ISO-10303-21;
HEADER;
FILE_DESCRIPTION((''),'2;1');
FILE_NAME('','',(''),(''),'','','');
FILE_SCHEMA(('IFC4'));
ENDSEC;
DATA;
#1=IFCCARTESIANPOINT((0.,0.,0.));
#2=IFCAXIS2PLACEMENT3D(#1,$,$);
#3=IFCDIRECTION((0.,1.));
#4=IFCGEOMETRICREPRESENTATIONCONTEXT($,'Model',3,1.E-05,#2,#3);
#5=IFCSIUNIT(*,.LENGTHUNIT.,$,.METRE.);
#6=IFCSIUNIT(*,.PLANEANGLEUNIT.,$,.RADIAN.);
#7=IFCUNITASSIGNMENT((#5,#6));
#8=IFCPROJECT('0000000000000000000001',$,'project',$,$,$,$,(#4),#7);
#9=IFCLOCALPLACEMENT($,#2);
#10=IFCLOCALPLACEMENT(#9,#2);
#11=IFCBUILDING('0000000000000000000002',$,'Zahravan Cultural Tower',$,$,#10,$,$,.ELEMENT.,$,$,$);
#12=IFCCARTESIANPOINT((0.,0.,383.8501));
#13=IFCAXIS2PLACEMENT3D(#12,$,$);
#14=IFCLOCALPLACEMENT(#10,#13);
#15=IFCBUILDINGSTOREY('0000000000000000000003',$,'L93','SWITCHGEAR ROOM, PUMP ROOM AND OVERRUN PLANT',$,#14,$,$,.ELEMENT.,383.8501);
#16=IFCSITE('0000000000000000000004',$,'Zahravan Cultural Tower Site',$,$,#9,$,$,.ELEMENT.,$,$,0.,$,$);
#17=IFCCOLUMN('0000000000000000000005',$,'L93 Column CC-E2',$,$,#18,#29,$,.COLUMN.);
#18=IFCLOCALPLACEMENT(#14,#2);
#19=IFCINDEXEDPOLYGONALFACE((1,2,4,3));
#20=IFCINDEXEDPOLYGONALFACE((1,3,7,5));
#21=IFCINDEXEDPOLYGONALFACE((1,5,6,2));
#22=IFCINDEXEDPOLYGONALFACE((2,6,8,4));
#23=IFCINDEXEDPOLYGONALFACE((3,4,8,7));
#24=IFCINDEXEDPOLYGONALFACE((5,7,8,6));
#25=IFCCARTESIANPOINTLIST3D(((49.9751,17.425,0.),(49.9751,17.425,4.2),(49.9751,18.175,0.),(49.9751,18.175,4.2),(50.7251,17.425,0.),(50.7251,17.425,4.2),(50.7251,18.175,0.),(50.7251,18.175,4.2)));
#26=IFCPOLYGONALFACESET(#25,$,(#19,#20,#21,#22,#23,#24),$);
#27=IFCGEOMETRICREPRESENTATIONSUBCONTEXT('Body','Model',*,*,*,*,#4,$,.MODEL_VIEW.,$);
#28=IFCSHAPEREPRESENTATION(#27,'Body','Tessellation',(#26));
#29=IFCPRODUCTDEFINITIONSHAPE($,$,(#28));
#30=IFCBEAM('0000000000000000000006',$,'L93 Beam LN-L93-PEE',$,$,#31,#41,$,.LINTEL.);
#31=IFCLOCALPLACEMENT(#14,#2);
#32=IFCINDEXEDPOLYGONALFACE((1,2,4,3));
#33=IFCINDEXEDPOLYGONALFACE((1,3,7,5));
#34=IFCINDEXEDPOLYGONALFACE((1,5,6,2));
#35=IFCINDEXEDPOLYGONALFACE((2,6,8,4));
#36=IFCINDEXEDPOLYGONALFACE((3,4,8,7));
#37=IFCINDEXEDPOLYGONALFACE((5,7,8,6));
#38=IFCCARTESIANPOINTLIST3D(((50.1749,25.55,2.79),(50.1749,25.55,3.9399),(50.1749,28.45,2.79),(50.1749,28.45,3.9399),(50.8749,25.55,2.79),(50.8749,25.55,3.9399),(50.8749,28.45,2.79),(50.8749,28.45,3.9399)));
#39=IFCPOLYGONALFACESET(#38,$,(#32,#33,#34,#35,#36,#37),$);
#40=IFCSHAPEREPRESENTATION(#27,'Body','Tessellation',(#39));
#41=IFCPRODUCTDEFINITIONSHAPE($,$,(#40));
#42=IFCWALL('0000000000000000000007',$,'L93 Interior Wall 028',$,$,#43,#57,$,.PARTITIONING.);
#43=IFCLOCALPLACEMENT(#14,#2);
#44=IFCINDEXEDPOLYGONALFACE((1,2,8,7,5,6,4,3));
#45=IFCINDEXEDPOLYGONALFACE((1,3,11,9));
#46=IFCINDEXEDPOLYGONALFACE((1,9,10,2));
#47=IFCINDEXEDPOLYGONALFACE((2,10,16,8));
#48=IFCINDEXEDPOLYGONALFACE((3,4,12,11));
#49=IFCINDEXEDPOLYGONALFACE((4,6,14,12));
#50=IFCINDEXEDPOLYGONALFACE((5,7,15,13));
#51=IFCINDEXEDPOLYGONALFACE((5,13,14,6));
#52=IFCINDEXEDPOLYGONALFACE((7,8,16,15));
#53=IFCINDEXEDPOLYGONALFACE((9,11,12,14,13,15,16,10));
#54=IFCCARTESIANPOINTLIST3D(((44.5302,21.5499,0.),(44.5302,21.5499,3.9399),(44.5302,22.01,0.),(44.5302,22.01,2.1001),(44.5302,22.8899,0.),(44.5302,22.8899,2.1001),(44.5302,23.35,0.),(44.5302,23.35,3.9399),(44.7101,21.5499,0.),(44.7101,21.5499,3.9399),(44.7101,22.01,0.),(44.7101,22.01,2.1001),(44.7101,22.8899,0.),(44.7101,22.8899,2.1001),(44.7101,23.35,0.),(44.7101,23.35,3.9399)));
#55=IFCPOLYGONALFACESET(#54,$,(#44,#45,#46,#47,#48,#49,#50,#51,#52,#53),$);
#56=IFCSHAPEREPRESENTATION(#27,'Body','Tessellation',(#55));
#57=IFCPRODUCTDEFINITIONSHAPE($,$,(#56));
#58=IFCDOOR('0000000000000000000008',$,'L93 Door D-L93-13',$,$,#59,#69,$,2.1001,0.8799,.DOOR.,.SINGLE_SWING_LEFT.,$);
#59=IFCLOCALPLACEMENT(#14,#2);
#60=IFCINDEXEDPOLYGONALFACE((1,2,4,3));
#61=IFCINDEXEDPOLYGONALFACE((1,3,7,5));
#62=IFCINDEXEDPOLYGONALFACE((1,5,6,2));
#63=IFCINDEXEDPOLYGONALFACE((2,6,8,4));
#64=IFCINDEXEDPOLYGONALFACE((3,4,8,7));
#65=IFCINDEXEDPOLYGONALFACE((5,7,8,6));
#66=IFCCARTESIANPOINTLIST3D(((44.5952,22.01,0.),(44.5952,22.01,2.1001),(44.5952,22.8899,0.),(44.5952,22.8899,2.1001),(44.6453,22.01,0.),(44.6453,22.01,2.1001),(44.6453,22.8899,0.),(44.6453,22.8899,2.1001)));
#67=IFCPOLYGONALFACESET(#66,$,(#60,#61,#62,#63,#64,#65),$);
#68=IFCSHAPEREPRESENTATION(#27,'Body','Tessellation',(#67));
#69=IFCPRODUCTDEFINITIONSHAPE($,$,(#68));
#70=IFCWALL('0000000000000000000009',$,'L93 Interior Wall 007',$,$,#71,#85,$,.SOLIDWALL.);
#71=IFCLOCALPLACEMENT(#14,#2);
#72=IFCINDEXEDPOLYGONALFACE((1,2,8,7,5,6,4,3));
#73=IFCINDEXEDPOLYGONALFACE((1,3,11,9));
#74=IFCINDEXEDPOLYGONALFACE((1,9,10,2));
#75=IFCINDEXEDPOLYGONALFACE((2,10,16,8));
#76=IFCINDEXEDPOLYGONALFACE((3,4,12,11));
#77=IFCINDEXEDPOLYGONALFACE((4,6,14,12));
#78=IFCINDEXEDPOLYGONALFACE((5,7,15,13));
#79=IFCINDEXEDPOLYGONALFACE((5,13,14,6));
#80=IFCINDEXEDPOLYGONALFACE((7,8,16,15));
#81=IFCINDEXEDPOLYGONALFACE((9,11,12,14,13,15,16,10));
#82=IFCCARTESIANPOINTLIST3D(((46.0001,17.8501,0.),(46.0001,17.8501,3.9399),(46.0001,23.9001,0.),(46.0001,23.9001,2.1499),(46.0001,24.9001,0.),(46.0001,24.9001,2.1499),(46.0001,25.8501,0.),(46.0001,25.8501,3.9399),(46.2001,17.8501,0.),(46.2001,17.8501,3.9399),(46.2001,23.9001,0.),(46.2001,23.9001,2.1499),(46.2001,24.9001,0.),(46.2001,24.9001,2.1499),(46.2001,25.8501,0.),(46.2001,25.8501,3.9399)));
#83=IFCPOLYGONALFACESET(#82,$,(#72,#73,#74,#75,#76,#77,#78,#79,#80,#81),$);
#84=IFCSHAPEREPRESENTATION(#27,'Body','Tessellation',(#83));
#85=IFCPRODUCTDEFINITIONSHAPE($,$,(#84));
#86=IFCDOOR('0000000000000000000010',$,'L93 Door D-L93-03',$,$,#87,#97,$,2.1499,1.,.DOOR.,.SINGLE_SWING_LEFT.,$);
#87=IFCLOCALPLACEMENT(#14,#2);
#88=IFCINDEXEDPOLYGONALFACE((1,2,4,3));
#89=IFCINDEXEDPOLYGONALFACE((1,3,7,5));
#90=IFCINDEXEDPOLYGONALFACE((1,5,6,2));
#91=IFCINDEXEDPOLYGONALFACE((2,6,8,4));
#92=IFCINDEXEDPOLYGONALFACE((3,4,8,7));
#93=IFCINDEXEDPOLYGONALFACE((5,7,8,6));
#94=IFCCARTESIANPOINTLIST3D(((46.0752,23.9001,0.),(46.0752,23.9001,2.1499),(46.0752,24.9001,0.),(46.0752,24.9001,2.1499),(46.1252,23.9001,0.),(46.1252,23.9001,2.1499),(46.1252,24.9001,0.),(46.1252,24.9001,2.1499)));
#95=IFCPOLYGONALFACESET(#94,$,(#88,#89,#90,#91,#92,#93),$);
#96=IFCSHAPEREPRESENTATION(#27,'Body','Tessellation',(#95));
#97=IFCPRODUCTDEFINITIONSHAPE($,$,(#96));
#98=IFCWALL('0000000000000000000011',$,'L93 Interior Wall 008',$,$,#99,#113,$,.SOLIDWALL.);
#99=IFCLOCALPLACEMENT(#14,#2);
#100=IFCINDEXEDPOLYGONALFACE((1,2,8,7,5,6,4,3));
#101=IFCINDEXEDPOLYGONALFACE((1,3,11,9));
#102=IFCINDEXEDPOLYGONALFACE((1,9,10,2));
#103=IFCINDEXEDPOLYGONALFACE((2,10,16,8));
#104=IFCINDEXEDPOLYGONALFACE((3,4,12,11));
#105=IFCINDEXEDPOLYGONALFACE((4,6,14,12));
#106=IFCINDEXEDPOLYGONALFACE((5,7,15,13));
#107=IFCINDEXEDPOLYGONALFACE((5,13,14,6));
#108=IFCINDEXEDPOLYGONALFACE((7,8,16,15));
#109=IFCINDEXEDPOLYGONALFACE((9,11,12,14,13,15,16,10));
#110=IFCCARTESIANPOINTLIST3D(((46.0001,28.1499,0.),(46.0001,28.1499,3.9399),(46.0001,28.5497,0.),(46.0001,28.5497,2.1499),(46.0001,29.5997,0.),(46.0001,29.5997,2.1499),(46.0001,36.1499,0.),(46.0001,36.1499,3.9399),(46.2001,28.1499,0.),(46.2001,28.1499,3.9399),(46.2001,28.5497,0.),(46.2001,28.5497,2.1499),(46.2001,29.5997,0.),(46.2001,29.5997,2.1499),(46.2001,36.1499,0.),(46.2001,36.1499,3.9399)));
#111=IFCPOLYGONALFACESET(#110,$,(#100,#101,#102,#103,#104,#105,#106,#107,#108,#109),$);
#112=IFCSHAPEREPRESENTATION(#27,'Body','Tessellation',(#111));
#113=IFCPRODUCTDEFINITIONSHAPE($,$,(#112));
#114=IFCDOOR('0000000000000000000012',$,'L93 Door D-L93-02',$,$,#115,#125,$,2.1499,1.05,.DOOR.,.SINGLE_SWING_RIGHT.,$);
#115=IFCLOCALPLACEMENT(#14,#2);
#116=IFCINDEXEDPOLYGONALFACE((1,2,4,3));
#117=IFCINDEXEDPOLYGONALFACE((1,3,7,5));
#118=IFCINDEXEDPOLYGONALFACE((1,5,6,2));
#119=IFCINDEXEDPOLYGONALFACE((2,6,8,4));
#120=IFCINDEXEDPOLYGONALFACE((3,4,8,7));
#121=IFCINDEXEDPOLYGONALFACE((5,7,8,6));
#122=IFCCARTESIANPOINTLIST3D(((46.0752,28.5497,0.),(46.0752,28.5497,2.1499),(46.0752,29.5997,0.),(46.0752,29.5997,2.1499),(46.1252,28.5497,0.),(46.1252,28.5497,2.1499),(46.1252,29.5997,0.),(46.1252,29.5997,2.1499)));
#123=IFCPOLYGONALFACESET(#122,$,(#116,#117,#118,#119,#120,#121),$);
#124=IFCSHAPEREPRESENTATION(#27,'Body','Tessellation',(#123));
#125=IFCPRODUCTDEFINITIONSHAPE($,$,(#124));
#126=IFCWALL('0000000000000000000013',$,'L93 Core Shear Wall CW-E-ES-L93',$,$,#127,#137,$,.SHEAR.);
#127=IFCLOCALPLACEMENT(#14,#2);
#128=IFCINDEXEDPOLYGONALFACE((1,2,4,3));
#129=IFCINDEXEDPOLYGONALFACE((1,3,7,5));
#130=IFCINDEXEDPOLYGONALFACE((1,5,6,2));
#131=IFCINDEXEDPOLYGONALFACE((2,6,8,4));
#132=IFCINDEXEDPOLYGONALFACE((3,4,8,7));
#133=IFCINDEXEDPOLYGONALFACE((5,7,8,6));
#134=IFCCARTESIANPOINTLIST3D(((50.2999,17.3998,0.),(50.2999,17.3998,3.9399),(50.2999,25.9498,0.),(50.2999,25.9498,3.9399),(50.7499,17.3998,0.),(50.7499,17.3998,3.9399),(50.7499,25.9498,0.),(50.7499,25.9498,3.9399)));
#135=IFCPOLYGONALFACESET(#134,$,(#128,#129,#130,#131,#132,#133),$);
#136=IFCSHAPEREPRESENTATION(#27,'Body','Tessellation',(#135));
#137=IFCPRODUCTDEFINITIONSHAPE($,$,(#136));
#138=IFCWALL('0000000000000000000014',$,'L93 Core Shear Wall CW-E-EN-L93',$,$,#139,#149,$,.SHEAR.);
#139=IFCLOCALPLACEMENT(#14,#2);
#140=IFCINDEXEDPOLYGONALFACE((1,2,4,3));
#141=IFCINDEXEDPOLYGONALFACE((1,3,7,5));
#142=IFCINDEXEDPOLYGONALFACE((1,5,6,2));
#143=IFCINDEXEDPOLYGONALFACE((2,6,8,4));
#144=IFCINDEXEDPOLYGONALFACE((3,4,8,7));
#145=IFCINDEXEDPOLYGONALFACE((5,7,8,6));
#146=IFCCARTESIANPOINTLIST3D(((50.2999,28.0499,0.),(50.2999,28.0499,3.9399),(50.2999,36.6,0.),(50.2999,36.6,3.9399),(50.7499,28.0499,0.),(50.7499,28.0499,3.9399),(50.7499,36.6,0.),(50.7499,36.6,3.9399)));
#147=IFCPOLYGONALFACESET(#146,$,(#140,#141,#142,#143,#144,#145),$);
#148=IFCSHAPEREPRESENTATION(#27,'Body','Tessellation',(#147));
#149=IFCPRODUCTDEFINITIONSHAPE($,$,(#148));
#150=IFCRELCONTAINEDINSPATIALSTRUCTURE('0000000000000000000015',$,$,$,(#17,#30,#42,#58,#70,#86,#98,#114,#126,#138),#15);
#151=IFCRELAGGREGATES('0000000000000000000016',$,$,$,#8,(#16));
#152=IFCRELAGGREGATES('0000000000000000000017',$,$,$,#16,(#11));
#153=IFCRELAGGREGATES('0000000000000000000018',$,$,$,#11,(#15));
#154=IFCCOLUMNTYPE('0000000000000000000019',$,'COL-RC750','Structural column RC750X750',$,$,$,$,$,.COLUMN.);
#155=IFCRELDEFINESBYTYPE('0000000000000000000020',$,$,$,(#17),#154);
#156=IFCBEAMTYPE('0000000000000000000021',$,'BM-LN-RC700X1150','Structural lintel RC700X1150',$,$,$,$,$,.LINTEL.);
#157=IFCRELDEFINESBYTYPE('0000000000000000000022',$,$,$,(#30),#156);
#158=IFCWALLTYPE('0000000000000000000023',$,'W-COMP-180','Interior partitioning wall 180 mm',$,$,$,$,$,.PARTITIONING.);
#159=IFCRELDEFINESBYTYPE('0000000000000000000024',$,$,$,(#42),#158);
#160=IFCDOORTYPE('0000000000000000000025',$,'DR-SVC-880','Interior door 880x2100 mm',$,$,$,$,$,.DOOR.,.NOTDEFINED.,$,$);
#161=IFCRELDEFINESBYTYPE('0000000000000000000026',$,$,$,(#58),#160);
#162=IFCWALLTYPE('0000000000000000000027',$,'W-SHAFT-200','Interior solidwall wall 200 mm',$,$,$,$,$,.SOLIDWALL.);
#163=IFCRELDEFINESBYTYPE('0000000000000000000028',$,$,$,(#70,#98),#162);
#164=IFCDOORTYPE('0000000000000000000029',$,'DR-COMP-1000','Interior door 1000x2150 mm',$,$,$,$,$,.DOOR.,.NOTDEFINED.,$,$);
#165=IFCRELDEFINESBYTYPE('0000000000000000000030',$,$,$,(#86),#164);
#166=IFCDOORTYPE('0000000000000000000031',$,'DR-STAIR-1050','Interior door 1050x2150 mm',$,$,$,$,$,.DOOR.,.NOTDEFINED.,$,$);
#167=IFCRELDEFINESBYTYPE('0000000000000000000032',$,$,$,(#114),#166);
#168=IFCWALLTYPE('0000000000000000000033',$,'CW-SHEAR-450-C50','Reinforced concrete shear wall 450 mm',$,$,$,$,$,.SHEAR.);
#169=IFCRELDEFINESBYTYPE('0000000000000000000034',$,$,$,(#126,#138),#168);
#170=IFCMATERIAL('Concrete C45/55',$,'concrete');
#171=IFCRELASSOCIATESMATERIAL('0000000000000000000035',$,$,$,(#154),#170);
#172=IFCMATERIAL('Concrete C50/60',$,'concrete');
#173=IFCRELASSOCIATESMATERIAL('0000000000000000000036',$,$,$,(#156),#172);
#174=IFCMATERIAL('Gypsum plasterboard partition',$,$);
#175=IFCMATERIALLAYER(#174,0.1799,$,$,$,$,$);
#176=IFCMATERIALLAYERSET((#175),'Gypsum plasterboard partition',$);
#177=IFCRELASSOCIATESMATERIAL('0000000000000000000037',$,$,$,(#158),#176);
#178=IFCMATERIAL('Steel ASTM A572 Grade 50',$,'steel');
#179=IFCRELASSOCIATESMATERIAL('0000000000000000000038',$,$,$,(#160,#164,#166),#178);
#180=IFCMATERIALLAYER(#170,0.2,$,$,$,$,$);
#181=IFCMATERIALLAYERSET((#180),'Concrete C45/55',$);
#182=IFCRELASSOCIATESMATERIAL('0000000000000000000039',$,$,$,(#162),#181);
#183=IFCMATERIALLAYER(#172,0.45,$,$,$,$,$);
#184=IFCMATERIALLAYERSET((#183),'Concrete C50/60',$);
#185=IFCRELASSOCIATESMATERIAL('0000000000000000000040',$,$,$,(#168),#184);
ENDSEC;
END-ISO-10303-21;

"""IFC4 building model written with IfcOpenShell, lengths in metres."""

from ifc_helpers import new_model, si_unit, direction, frame, frame_2d, origin, origin_2d, place, context, subcontext, project, spatial, rectangle, extrude, source, transform, mapped, material, layer, layer_set, material_profile, profile_set, type_object, element, fill, save


model = new_model("IFC4")

# Units and contexts
model_context = context("Model", 3, precision=1e-05, world=origin(), true_north=direction((0.0, 1.0)))
body_context = subcontext(model_context, "Body", "Model", "MODEL_VIEW")
ifc_project = project(units=[si_unit("LENGTHUNIT", "METRE"), si_unit("PLANEANGLEUNIT", "RADIAN")], contexts=[model_context])

# Site, building, storey
site_placement = place(None, origin())
site = spatial("IfcSite", under=ifc_project, at=site_placement, Name="Zahravan Cultural Tower Site", CompositionType="ELEMENT", RefElevation=0.0)
building_placement = place(site_placement, origin())
building = spatial("IfcBuilding", under=site, at=building_placement, Name="Zahravan Cultural Tower", CompositionType="ELEMENT")
storey_placement = place(building_placement, frame((0.0, 0.0, 383.8501)))
storey = spatial("IfcBuildingStorey", under=building, at=storey_placement, Name="L93", Description="SWITCHGEAR ROOM, PUMP ROOM AND OVERRUN PLANT", CompositionType="ELEMENT", Elevation=383.8501)

# Column
ifc_material_1 = material(Name="Concrete C45/55", Category="concrete")
ifc_material_profile_1 = material_profile(ifc_material_1, rectangle(XDim=0.75, YDim=0.75, at=origin_2d()), Name="RC750X750")
ifc_profile_set_1 = profile_set([ifc_material_profile_1], Name="Concrete C45/55")
column_type = type_object("IfcColumnType", Name="COL-RC750", Description="Structural column RC750X750", PredefinedType="COLUMN", material=ifc_profile_set_1)
shared_shape_1 = source(origin(), body_context, "Body", "SweptSolid", [
    extrude(rectangle(XDim=0.75, YDim=0.75, at=origin_2d()), origin(), (0.0, 0.0, 1.0), 4.2),
])
column_placement = place(storey_placement, frame((50.3501, 17.8, 0.0), z_axis=(0.0, 0.0, 1.0), x_axis=(1.0, 0.0, 0.0)))
element("IfcColumn", 1, at=column_placement, inside=storey, type_object=column_type, Name="L93 Column CC-E2", PredefinedType="COLUMN", context=body_context, shape_type="MappedRepresentation", body=[
    mapped(shared_shape_1, transform((0.0, 0.0, 0.0), x_axis=(1.0, 0.0, 0.0), y_axis=(0.0, 1.0, 0.0), z_axis=(0.0, 0.0, 1.0), scale=1.0)),
])

# Beam
ifc_material_2 = material(Name="Concrete C50/60", Category="concrete")
ifc_material_profile_2 = material_profile(ifc_material_2, rectangle(XDim=0.7, YDim=1.1499, at=origin_2d()), Name="RC700X1150")
ifc_profile_set_2 = profile_set([ifc_material_profile_2], Name="Concrete C50/60")
beam_type = type_object("IfcBeamType", Name="BM-LN-RC700X1150", Description="Structural lintel RC700X1150", PredefinedType="LINTEL", material=ifc_profile_set_2)
shared_shape_2 = source(origin(), body_context, "Body", "SweptSolid", [
    extrude(rectangle(XDim=0.7, YDim=1.1499, at=origin_2d()), origin(), (0.0, 0.0, 1.0), 2.8999),
])
beam_placement = place(storey_placement, frame((50.5249, 25.55, 3.365), z_axis=(0.0, 1.0, 0.0), x_axis=(-1.0, 0.0, 0.0)))
element("IfcBeam", 2, at=beam_placement, inside=storey, type_object=beam_type, Name="L93 Beam LN-L93-PEE", PredefinedType="LINTEL", context=body_context, shape_type="MappedRepresentation", body=[
    mapped(shared_shape_2, transform((0.0, 0.0, 0.0), x_axis=(1.0, 0.0, 0.0), y_axis=(0.0, 1.0, 0.0), z_axis=(0.0, 0.0, 1.0), scale=1.0)),
])

# Walls, openings, doors
ifc_material_3 = material(Name="Gypsum plasterboard partition")
ifc_layer_1 = layer(ifc_material_3, 0.1799)
ifc_layer_set_1 = layer_set([ifc_layer_1], Name="Gypsum plasterboard partition")
wall_type_1 = type_object("IfcWallType", Name="W-COMP-180", Description="Interior partitioning wall 180 mm", PredefinedType="PARTITIONING", material=ifc_layer_set_1)
wall_1_placement = place(storey_placement, frame((44.6201, 21.55, 0.0), z_axis=(0.0, 0.0, 1.0), x_axis=(0.0, 1.0, 0.0)))
wall_1 = element("IfcWall", 3, at=wall_1_placement, inside=storey, type_object=wall_type_1, Name="L93 Interior Wall 028", PredefinedType="PARTITIONING", context=body_context, shape_type="SweptSolid", body=[
    extrude(rectangle(XDim=1.8, YDim=0.1799, at=frame_2d((0.8999, 0.0))), origin(), (0.0, 0.0, 1.0), 3.9399),
])
opening_1_placement = place(wall_1_placement, frame((0.46, 0.0, 0.0)))
opening_1 = element("IfcOpeningElement", 4, at=opening_1_placement, cuts=wall_1, PredefinedType="OPENING", context=body_context, shape_type="SweptSolid", body=[
    extrude(rectangle(XDim=0.8799, YDim=2.1001, at=frame_2d((0.4399, 1.05))), frame((0.0, 0.0999, 0.0), z_axis=(0.0, -1.0, 0.0), x_axis=(1.0, 0.0, 0.0)), (0.0, 0.0, 1.0), 0.2),
])
ifc_material_4 = material(Name="Steel ASTM A572 Grade 50", Category="steel")
door_type_1 = type_object("IfcDoorType", Name="DR-SVC-880", Description="Interior door 880x2100 mm", OperationType="NOTDEFINED", PredefinedType="DOOR", material=ifc_material_4)
shared_shape_3 = source(origin(), body_context, "Body", "SweptSolid", [
    extrude(rectangle(XDim=0.8799, YDim=2.1001, at=frame_2d((0.4399, 1.05))), frame((0.0, 0.0249, 0.0), z_axis=(0.0, -1.0, 0.0), x_axis=(1.0, 0.0, 0.0)), (0.0, 0.0, 1.0), 0.05),
])
door_1_placement = place(opening_1_placement, origin())
door_1 = element("IfcDoor", 5, at=door_1_placement, inside=storey, type_object=door_type_1, Name="L93 Door D-L93-13", OperationType="SINGLE_SWING_LEFT", OverallHeight=2.1001, OverallWidth=0.8799, PredefinedType="DOOR", context=body_context, shape_type="MappedRepresentation", body=[
    mapped(shared_shape_3, transform((0.0, 0.0, 0.0), x_axis=(1.0, 0.0, 0.0), y_axis=(0.0, 1.0, 0.0), z_axis=(0.0, 0.0, 1.0), scale=1.0)),
])
fill(opening_1, door_1)
ifc_layer_2 = layer(ifc_material_1, 0.2)
ifc_layer_set_2 = layer_set([ifc_layer_2], Name="Concrete C45/55")
wall_type_2 = type_object("IfcWallType", Name="W-SHAFT-200", Description="Interior solidwall wall 200 mm", PredefinedType="SOLIDWALL", material=ifc_layer_set_2)
wall_2_placement = place(storey_placement, frame((46.1001, 17.8501, 0.0), z_axis=(0.0, 0.0, 1.0), x_axis=(0.0, 1.0, 0.0)))
wall_2 = element("IfcWall", 6, at=wall_2_placement, inside=storey, type_object=wall_type_2, Name="L93 Interior Wall 007", PredefinedType="SOLIDWALL", context=body_context, shape_type="SweptSolid", body=[
    extrude(rectangle(XDim=8.0, YDim=0.2, at=frame_2d((4.0, 0.0))), origin(), (0.0, 0.0, 1.0), 3.9399),
])
opening_2_placement = place(wall_2_placement, frame((6.05, 0.0, 0.0)))
opening_2 = element("IfcOpeningElement", 7, at=opening_2_placement, cuts=wall_2, PredefinedType="OPENING", context=body_context, shape_type="SweptSolid", body=[
    extrude(rectangle(XDim=1.0, YDim=2.1499, at=frame_2d((0.5, 1.075))), frame((0.0, 0.1099, 0.0), z_axis=(0.0, -1.0, 0.0), x_axis=(1.0, 0.0, 0.0)), (0.0, 0.0, 1.0), 0.22),
])
door_type_2 = type_object("IfcDoorType", Name="DR-COMP-1000", Description="Interior door 1000x2150 mm", OperationType="NOTDEFINED", PredefinedType="DOOR", material=ifc_material_4)
shared_shape_4 = source(origin(), body_context, "Body", "SweptSolid", [
    extrude(rectangle(XDim=1.0, YDim=2.1499, at=frame_2d((0.5, 1.075))), frame((0.0, 0.0249, 0.0), z_axis=(0.0, -1.0, 0.0), x_axis=(1.0, 0.0, 0.0)), (0.0, 0.0, 1.0), 0.05),
])
door_2_placement = place(opening_2_placement, origin())
door_2 = element("IfcDoor", 8, at=door_2_placement, inside=storey, type_object=door_type_2, Name="L93 Door D-L93-03", OperationType="SINGLE_SWING_LEFT", OverallHeight=2.1499, OverallWidth=1.0, PredefinedType="DOOR", context=body_context, shape_type="MappedRepresentation", body=[
    mapped(shared_shape_4, transform((0.0, 0.0, 0.0), x_axis=(1.0, 0.0, 0.0), y_axis=(0.0, 1.0, 0.0), z_axis=(0.0, 0.0, 1.0), scale=1.0)),
])
fill(opening_2, door_2)
wall_3_placement = place(storey_placement, frame((46.1001, 28.1499, 0.0), z_axis=(0.0, 0.0, 1.0), x_axis=(0.0, 1.0, 0.0)))
wall_3 = element("IfcWall", 9, at=wall_3_placement, inside=storey, type_object=wall_type_2, Name="L93 Interior Wall 008", PredefinedType="SOLIDWALL", context=body_context, shape_type="SweptSolid", body=[
    extrude(rectangle(XDim=8.0, YDim=0.2, at=frame_2d((4.0, 0.0))), origin(), (0.0, 0.0, 1.0), 3.9399),
])
opening_3_placement = place(wall_3_placement, frame((0.3999, 0.0, 0.0)))
opening_3 = element("IfcOpeningElement", 10, at=opening_3_placement, cuts=wall_3, PredefinedType="OPENING", context=body_context, shape_type="SweptSolid", body=[
    extrude(rectangle(XDim=1.05, YDim=2.1499, at=frame_2d((0.5249, 1.075))), frame((0.0, 0.1099, 0.0), z_axis=(0.0, -1.0, 0.0), x_axis=(1.0, 0.0, 0.0)), (0.0, 0.0, 1.0), 0.22),
])
door_type_3 = type_object("IfcDoorType", Name="DR-STAIR-1050", Description="Interior door 1050x2150 mm", OperationType="NOTDEFINED", PredefinedType="DOOR", material=ifc_material_4)
shared_shape_5 = source(origin(), body_context, "Body", "SweptSolid", [
    extrude(rectangle(XDim=1.05, YDim=2.1499, at=frame_2d((0.5249, 1.075))), frame((0.0, 0.0249, 0.0), z_axis=(0.0, -1.0, 0.0), x_axis=(1.0, 0.0, 0.0)), (0.0, 0.0, 1.0), 0.05),
])
door_3_placement = place(opening_3_placement, origin())
door_3 = element("IfcDoor", 11, at=door_3_placement, inside=storey, type_object=door_type_3, Name="L93 Door D-L93-02", OperationType="SINGLE_SWING_RIGHT", OverallHeight=2.1499, OverallWidth=1.05, PredefinedType="DOOR", context=body_context, shape_type="MappedRepresentation", body=[
    mapped(shared_shape_5, transform((0.0, 0.0, 0.0), x_axis=(1.0, 0.0, 0.0), y_axis=(0.0, 1.0, 0.0), z_axis=(0.0, 0.0, 1.0), scale=1.0)),
])
fill(opening_3, door_3)

# Walls
ifc_layer_3 = layer(ifc_material_2, 0.45)
ifc_layer_set_3 = layer_set([ifc_layer_3], Name="Concrete C50/60")
wall_type_3 = type_object("IfcWallType", Name="CW-SHEAR-450-C50", Description="Reinforced concrete shear wall 450 mm", PredefinedType="SHEAR", material=ifc_layer_set_3)
shared_shape_6 = source(origin(), body_context, "Body", "SweptSolid", [
    extrude(rectangle(XDim=8.55, YDim=0.45, at=frame_2d((4.2749, 0.0))), origin(), (0.0, 0.0, 1.0), 3.9399),
])
for number, where, z_axis, x_axis, name in (
    (12, (50.5249, 17.3999, 0.0), (0.0, 0.0, 1.0), (0.0, 1.0, 0.0), "L93 Core Shear Wall CW-E-ES-L93"),
    (13, (50.5249, 28.05, 0.0), (0.0, 0.0, 1.0), (0.0, 1.0, 0.0), "L93 Core Shear Wall CW-E-EN-L93"),
):
    element("IfcWall", number, at=place(storey_placement, frame(where, z_axis=z_axis, x_axis=x_axis)), inside=storey, type_object=wall_type_3, Name=name, PredefinedType="SHEAR", context=body_context, shape_type="MappedRepresentation", body=[
        mapped(shared_shape_6, transform((0.0, 0.0, 0.0), x_axis=(1.0, 0.0, 0.0), y_axis=(0.0, 1.0, 0.0), z_axis=(0.0, 0.0, 1.0), scale=1.0)),
    ])

save(model, "model.ifc")
